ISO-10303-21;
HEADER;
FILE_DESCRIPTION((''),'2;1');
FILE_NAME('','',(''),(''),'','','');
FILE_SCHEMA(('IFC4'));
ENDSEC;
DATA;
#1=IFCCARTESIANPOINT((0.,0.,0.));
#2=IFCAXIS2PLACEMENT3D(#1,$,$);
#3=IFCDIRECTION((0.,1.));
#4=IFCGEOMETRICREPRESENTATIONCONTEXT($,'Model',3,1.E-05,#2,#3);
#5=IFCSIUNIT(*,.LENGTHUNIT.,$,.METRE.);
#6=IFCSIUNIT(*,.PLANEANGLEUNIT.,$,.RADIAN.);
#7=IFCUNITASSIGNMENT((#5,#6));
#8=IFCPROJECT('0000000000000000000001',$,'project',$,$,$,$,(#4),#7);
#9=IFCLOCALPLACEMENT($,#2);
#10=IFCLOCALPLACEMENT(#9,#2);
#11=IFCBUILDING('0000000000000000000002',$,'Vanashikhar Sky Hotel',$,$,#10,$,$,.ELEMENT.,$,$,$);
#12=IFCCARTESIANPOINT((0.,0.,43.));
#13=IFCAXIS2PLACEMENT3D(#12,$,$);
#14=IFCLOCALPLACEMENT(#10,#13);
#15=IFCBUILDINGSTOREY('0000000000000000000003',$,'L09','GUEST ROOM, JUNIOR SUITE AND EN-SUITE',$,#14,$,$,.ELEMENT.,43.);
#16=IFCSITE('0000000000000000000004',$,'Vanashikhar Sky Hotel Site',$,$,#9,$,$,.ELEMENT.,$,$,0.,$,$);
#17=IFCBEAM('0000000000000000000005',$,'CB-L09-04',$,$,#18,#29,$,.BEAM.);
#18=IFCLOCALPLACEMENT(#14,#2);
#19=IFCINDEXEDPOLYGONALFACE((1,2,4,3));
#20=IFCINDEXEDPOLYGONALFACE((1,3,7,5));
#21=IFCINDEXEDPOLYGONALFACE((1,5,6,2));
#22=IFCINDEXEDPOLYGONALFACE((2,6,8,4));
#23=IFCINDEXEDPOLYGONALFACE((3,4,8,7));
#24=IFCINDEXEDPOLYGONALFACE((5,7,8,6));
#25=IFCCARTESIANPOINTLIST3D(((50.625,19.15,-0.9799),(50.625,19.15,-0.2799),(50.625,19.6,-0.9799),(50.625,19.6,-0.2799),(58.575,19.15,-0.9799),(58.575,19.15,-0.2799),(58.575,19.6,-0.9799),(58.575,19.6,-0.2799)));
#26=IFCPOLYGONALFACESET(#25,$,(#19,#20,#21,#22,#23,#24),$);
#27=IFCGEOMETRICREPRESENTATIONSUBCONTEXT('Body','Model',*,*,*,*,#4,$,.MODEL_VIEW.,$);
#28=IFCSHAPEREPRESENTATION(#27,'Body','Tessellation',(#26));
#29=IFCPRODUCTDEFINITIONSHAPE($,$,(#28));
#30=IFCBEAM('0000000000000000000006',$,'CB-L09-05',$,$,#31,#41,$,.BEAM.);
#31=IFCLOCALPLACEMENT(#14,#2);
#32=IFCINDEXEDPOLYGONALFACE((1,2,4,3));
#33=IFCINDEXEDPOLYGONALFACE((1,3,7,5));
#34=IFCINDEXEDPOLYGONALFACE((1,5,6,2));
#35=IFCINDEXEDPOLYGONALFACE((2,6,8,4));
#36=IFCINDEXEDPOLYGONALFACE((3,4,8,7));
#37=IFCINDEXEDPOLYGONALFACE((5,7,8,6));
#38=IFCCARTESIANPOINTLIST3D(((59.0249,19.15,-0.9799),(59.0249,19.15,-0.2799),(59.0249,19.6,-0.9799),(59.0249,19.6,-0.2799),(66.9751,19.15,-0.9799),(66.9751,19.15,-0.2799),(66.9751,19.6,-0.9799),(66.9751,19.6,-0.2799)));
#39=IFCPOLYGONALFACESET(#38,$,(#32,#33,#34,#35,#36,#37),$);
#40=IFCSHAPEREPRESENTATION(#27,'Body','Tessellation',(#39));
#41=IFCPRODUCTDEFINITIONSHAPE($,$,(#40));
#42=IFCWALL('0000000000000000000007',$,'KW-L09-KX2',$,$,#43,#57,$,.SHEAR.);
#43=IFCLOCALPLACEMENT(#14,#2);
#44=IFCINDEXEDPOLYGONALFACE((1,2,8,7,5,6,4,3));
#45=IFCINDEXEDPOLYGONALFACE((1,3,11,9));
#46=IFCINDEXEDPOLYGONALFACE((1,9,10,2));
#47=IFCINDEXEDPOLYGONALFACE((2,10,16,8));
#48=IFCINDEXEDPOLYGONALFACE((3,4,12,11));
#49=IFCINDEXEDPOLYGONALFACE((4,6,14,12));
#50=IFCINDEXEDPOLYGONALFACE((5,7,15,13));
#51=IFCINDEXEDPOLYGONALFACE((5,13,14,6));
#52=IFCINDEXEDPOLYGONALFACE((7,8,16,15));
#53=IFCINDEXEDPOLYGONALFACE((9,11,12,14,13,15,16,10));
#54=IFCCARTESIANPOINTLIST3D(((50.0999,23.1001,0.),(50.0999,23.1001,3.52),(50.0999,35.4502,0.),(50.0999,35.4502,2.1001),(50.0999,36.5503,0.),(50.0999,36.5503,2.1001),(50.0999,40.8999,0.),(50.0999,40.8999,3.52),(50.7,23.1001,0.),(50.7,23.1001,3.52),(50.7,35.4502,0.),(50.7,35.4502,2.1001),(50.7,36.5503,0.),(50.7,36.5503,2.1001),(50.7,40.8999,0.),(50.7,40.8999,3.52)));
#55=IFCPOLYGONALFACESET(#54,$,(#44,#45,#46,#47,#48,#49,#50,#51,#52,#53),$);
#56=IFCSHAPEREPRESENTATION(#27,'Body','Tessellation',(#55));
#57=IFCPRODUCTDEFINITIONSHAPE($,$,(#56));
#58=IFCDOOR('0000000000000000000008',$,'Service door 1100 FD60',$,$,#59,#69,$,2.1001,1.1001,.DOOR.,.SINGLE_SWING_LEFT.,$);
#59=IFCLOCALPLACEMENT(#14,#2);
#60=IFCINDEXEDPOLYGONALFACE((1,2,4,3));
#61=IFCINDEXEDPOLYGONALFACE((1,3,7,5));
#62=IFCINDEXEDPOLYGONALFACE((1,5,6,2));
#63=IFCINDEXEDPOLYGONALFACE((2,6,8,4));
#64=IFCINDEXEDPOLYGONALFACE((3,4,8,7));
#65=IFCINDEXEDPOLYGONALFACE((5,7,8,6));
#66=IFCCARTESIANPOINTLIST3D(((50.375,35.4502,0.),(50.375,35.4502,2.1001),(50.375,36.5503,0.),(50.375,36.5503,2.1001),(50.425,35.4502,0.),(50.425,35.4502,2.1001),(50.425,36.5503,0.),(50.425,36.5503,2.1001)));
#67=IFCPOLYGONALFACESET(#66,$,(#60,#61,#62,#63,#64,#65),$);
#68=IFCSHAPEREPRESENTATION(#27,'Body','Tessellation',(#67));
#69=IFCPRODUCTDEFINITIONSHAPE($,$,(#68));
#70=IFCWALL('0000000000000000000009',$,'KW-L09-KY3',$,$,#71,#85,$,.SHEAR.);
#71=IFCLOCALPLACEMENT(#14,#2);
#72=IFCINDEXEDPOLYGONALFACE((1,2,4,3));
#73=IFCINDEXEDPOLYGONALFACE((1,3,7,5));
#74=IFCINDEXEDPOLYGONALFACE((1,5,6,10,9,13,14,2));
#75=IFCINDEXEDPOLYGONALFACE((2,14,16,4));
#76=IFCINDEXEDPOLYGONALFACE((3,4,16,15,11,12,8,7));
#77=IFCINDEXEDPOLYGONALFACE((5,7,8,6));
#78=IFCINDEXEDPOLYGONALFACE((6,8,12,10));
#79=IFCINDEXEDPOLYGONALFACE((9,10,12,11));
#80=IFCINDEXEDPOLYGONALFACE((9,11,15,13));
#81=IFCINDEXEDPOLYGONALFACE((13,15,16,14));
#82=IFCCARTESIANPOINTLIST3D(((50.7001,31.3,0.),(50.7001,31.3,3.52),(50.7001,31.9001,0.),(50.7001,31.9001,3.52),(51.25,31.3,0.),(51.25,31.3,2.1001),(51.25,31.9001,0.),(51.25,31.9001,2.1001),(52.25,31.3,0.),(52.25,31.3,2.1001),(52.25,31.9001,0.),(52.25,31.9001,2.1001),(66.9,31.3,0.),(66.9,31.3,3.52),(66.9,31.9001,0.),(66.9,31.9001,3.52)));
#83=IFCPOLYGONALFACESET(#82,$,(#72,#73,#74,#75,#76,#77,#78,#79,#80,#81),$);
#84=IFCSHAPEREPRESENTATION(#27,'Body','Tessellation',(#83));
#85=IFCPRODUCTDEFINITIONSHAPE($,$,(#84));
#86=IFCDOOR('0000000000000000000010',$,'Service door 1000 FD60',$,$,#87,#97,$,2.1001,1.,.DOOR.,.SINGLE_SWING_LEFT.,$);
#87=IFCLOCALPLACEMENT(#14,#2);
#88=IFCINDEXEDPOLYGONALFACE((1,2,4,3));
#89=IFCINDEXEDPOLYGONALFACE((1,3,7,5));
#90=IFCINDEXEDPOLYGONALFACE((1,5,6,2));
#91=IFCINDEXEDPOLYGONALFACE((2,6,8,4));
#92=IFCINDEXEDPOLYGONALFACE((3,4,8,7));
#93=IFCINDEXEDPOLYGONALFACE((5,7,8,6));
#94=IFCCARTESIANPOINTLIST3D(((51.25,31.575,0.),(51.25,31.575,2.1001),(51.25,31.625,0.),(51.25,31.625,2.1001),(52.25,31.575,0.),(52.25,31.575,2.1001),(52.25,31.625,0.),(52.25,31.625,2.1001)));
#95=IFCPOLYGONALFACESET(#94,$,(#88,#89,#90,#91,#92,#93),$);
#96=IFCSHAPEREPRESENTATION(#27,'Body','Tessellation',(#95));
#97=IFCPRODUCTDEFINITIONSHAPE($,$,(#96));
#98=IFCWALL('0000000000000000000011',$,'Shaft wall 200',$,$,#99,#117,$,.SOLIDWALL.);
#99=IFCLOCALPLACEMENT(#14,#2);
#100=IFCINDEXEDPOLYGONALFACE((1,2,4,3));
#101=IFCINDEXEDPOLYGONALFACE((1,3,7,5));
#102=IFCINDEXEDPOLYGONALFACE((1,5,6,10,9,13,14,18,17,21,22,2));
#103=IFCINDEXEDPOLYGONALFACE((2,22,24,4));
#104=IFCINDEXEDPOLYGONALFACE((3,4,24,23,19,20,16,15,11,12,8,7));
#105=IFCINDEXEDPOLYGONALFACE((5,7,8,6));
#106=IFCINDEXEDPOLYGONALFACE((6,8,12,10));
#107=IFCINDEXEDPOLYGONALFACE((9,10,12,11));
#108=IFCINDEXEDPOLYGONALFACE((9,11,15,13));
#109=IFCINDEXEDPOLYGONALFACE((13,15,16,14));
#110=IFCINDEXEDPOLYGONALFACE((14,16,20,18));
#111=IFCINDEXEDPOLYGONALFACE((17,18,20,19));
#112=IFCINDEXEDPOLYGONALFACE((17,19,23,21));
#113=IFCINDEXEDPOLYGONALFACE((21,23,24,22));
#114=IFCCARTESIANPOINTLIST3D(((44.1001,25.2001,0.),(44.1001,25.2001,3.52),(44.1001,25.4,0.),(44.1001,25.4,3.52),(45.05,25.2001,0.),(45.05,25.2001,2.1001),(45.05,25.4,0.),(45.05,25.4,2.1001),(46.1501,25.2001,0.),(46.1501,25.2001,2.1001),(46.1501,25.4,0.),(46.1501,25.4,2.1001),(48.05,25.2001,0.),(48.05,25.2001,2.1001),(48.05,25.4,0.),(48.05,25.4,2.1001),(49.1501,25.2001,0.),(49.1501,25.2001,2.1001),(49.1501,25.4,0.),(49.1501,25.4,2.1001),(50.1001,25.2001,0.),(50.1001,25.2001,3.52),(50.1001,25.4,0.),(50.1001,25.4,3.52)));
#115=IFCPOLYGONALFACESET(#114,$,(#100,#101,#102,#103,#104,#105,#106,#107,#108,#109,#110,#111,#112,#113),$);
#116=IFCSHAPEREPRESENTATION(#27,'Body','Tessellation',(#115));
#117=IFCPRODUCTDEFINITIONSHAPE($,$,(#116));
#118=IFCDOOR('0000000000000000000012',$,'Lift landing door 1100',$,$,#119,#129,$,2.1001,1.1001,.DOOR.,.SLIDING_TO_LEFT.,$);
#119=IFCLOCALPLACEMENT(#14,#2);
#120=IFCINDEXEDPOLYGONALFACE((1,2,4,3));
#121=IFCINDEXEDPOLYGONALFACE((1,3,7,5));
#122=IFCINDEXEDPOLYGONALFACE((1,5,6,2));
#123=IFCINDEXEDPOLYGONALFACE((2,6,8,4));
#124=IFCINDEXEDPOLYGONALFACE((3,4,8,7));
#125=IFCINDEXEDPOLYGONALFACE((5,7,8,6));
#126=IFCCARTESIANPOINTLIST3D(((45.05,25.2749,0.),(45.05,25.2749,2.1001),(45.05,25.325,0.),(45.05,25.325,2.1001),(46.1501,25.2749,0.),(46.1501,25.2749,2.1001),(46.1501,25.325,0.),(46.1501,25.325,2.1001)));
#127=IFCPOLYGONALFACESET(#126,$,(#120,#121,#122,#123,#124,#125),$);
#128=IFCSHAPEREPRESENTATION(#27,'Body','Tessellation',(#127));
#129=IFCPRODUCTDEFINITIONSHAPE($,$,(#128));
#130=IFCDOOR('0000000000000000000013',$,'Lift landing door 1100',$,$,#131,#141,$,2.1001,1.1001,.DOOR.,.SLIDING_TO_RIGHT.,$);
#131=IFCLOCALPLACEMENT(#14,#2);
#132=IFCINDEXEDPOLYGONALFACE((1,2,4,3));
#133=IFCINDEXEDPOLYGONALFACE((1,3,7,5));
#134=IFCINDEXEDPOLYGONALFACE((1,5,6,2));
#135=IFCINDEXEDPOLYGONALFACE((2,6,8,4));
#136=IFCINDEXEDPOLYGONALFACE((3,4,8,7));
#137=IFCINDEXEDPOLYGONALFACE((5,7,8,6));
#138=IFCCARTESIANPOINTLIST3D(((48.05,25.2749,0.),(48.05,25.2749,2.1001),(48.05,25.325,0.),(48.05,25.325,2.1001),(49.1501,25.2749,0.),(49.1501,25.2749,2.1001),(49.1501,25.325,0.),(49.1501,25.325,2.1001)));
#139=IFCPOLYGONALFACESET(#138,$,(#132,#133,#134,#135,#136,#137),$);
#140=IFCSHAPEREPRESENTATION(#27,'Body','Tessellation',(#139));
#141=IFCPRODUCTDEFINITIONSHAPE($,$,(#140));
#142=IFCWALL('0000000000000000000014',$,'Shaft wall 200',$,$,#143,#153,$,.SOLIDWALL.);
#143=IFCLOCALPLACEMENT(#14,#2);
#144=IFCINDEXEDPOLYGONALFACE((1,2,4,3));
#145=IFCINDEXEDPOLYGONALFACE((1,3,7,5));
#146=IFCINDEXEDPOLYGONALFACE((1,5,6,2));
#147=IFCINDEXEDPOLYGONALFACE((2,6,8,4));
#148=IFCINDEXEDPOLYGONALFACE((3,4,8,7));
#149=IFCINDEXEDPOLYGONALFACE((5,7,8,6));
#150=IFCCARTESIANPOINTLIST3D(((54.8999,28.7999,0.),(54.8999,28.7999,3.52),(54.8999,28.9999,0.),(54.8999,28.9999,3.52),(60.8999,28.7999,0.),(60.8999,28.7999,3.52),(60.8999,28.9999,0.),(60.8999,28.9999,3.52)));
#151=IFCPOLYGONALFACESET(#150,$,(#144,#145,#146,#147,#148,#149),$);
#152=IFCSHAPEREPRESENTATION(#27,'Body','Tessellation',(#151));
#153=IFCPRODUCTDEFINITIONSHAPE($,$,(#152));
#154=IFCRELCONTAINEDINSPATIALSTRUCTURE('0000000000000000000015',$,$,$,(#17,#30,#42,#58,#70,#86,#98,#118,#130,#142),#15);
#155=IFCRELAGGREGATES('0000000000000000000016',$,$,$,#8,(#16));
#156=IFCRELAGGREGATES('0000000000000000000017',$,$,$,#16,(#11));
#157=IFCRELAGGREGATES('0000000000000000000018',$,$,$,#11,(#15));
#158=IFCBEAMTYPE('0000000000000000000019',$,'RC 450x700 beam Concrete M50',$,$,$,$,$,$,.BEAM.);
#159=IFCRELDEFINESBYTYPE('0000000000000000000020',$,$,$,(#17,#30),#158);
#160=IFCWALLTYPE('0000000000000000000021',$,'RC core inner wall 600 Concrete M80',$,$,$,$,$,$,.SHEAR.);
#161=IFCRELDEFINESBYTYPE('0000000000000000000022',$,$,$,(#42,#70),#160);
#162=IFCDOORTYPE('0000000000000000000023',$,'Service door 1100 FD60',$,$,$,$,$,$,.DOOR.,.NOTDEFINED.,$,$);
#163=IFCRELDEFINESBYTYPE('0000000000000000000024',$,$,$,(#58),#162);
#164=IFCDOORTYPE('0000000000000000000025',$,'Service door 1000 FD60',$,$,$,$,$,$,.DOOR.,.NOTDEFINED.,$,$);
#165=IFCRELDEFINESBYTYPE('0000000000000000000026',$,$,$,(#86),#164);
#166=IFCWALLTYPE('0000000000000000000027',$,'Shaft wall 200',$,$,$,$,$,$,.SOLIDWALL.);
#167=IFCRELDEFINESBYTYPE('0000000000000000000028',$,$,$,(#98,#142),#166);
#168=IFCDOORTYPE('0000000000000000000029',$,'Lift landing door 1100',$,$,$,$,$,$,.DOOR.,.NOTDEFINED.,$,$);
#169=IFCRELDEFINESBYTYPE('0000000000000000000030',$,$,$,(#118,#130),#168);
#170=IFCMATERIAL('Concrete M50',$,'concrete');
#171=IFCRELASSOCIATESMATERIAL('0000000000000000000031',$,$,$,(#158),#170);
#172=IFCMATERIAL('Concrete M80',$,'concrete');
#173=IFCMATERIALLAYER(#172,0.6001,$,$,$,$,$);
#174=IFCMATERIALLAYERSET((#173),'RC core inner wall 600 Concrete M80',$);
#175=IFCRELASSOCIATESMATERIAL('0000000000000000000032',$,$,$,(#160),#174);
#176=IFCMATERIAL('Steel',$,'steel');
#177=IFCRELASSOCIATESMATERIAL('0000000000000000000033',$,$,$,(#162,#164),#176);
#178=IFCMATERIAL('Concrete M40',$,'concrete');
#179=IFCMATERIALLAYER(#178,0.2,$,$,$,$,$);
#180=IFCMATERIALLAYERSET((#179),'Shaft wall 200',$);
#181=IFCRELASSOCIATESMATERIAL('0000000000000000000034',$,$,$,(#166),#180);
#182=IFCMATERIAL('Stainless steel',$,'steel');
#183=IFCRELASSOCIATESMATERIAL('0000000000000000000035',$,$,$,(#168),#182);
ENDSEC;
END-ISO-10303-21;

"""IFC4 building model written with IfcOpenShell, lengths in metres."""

from ifc_helpers import new_model, si_unit, direction, frame, frame_2d, origin, origin_2d, place, context, subcontext, project, spatial, rectangle, extrude, source, transform, mapped, material, layer, layer_set, material_profile, profile_set, type_object, element, fill, save


model = new_model("IFC4")

# Units and contexts
model_context = context("Model", 3, precision=1e-05, world=origin(), true_north=direction((0.0, 1.0)))
body_context = subcontext(model_context, "Body", "Model", "MODEL_VIEW")
ifc_project = project(units=[si_unit("LENGTHUNIT", "METRE"), si_unit("PLANEANGLEUNIT", "RADIAN")], contexts=[model_context])

# Site, building, storey
site_placement = place(None, origin())
site = spatial("IfcSite", under=ifc_project, at=site_placement, Name="Vanashikhar Sky Hotel Site", CompositionType="ELEMENT", RefElevation=0.0)
building_placement = place(site_placement, origin())
building = spatial("IfcBuilding", under=site, at=building_placement, Name="Vanashikhar Sky Hotel", CompositionType="ELEMENT")
storey_placement = place(building_placement, frame((0.0, 0.0, 43.0)))
storey = spatial("IfcBuildingStorey", under=building, at=storey_placement, Name="L09", Description="GUEST ROOM, JUNIOR SUITE AND EN-SUITE", CompositionType="ELEMENT", Elevation=43.0)

# Beams
ifc_material_1 = material(Name="Concrete M50", Category="concrete")
ifc_material_profile = material_profile(ifc_material_1, rectangle(XDim=0.45, YDim=0.7, at=origin_2d()))
ifc_profile_set = profile_set([ifc_material_profile], Name="RC 450x700 beam Concrete M50")
beam_type = type_object("IfcBeamType", Name="RC 450x700 beam Concrete M50", PredefinedType="BEAM", material=ifc_profile_set)
shared_shape_1 = source(origin(), body_context, "Body", "SweptSolid", [
    extrude(rectangle(XDim=0.45, YDim=0.7, at=origin_2d()), origin(), (0.0, 0.0, 1.0), 7.95),
])
beam_1_placement = place(storey_placement, frame((50.625, 19.375, -0.6299), z_axis=(1.0, 0.0, 0.0), x_axis=(0.0, 1.0, 0.0)))
element("IfcBeam", 1, at=beam_1_placement, inside=storey, type_object=beam_type, Name="CB-L09-04", PredefinedType="BEAM", context=body_context, shape_type="MappedRepresentation", body=[
    mapped(shared_shape_1, transform((0.0, 0.0, 0.0), scale=1.0)),
])
shared_shape_2 = source(origin(), body_context, "Body", "SweptSolid", [
    extrude(rectangle(XDim=0.45, YDim=0.7, at=origin_2d()), origin(), (0.0, 0.0, 1.0), 7.9502),
])
beam_2_placement = place(storey_placement, frame((59.0249, 19.375, -0.6299), z_axis=(1.0, 0.0, 0.0), x_axis=(0.0, 1.0, 0.0)))
element("IfcBeam", 2, at=beam_2_placement, inside=storey, type_object=beam_type, Name="CB-L09-05", PredefinedType="BEAM", context=body_context, shape_type="MappedRepresentation", body=[
    mapped(shared_shape_2, transform((0.0, 0.0, 0.0), scale=1.0)),
])

# Walls, openings, doors
ifc_material_2 = material(Name="Concrete M80", Category="concrete")
ifc_layer_1 = layer(ifc_material_2, 0.6001)
ifc_layer_set_1 = layer_set([ifc_layer_1], Name="RC core inner wall 600 Concrete M80")
wall_type_1 = type_object("IfcWallType", Name="RC core inner wall 600 Concrete M80", PredefinedType="SHEAR", material=ifc_layer_set_1)
shared_shape_3 = source(origin(), body_context, "Body", "SweptSolid", [
    extrude(rectangle(XDim=17.7998, YDim=0.6001, at=frame_2d((8.8999, 0.0))), origin(), (0.0, 0.0, 1.0), 3.52),
])
wall_1_placement = place(storey_placement, frame((50.3999, 23.1001, 0.0), z_axis=(0.0, 0.0, 1.0), x_axis=(0.0, 1.0, 0.0)))
wall_1 = element("IfcWall", 3, at=wall_1_placement, inside=storey, type_object=wall_type_1, Name="KW-L09-KX2", PredefinedType="SHEAR", context=body_context, shape_type="MappedRepresentation", body=[
    mapped(shared_shape_3, transform((0.0, 0.0, 0.0), scale=1.0)),
])
shared_shape_4 = source(origin(), body_context, "Body", "SweptSolid", [
    extrude(rectangle(XDim=1.1001, YDim=2.1001, at=frame_2d((0.55, 1.05))), frame((0.0, 0.3101, 0.0), z_axis=(0.0, -1.0, 0.0), x_axis=(1.0, 0.0, 0.0)), (0.0, 0.0, 1.0), 0.6201),
])
opening_1_placement = place(wall_1_placement, frame((12.3501, 0.0, 0.0)))
opening_1 = element("IfcOpeningElement", 4, at=opening_1_placement, cuts=wall_1, PredefinedType="OPENING", context=body_context, shape_type="MappedRepresentation", body=[
    mapped(shared_shape_4, transform((0.0, 0.0, 0.0), scale=1.0)),
])
ifc_material_3 = material(Name="Steel", Category="steel")
door_type_1 = type_object("IfcDoorType", Name="Service door 1100 FD60", OperationType="NOTDEFINED", PredefinedType="DOOR", material=ifc_material_3)
shared_shape_5 = source(origin(), body_context, "Body", "SweptSolid", [
    extrude(rectangle(XDim=1.1001, YDim=2.1001, at=frame_2d((0.55, 1.05))), frame((0.0, 0.0249, 0.0), z_axis=(0.0, -1.0, 0.0), x_axis=(1.0, 0.0, 0.0)), (0.0, 0.0, 1.0), 0.05),
])
door_1_placement = place(opening_1_placement, origin())
door_1 = element("IfcDoor", 5, at=door_1_placement, inside=storey, type_object=door_type_1, Name="Service door 1100 FD60", OperationType="SINGLE_SWING_LEFT", OverallHeight=2.1001, OverallWidth=1.1001, PredefinedType="DOOR", context=body_context, shape_type="MappedRepresentation", body=[
    mapped(shared_shape_5, transform((0.0, 0.0, 0.0), scale=1.0)),
])
fill(opening_1, door_1)
shared_shape_6 = source(origin(), body_context, "Body", "SweptSolid", [
    extrude(rectangle(XDim=16.2, YDim=0.6001, at=frame_2d((8.1001, 0.0))), origin(), (0.0, 0.0, 1.0), 3.52),
])
wall_2_placement = place(storey_placement, frame((50.7, 31.6001, 0.0), z_axis=(0.0, 0.0, 1.0), x_axis=(1.0, 0.0, 0.0)))
wall_2 = element("IfcWall", 6, at=wall_2_placement, inside=storey, type_object=wall_type_1, Name="KW-L09-KY3", PredefinedType="SHEAR", context=body_context, shape_type="MappedRepresentation", body=[
    mapped(shared_shape_6, transform((0.0, 0.0, 0.0), scale=1.0)),
])
shared_shape_7 = source(origin(), body_context, "Body", "SweptSolid", [
    extrude(rectangle(XDim=1.0, YDim=2.1001, at=frame_2d((0.5, 1.05))), frame((0.0, 0.3101, 0.0), z_axis=(0.0, -1.0, 0.0), x_axis=(1.0, 0.0, 0.0)), (0.0, 0.0, 1.0), 0.6201),
])
opening_2_placement = place(wall_2_placement, frame((0.55, 0.0, 0.0)))
opening_2 = element("IfcOpeningElement", 7, at=opening_2_placement, cuts=wall_2, PredefinedType="OPENING", context=body_context, shape_type="MappedRepresentation", body=[
    mapped(shared_shape_7, transform((0.0, 0.0, 0.0), scale=1.0)),
])
door_type_2 = type_object("IfcDoorType", Name="Service door 1000 FD60", OperationType="NOTDEFINED", PredefinedType="DOOR", material=ifc_material_3)
shared_shape_8 = source(origin(), body_context, "Body", "SweptSolid", [
    extrude(rectangle(XDim=1.0, YDim=2.1001, at=frame_2d((0.5, 1.05))), frame((0.0, 0.0249, 0.0), z_axis=(0.0, -1.0, 0.0), x_axis=(1.0, 0.0, 0.0)), (0.0, 0.0, 1.0), 0.05),
])
door_2_placement = place(opening_2_placement, origin())
door_2 = element("IfcDoor", 8, at=door_2_placement, inside=storey, type_object=door_type_2, Name="Service door 1000 FD60", OperationType="SINGLE_SWING_LEFT", OverallHeight=2.1001, OverallWidth=1.0, PredefinedType="DOOR", context=body_context, shape_type="MappedRepresentation", body=[
    mapped(shared_shape_8, transform((0.0, 0.0, 0.0), scale=1.0)),
])
fill(opening_2, door_2)

# Wall, openings, doors
ifc_material_4 = material(Name="Concrete M40", Category="concrete")
ifc_layer_2 = layer(ifc_material_4, 0.2)
ifc_layer_set_2 = layer_set([ifc_layer_2], Name="Shaft wall 200")
wall_type_2 = type_object("IfcWallType", Name="Shaft wall 200", PredefinedType="SOLIDWALL", material=ifc_layer_set_2)
shared_shape_9 = source(origin(), body_context, "Body", "SweptSolid", [
    extrude(rectangle(XDim=6.0, YDim=0.2, at=frame_2d((3.0, 0.0))), origin(), (0.0, 0.0, 1.0), 3.52),
])
wall_3_placement = place(storey_placement, frame((44.1001, 25.3, 0.0), z_axis=(0.0, 0.0, 1.0), x_axis=(1.0, 0.0, 0.0)))
wall_3 = element("IfcWall", 9, at=wall_3_placement, inside=storey, type_object=wall_type_2, Name="Shaft wall 200", PredefinedType="SOLIDWALL", context=body_context, shape_type="MappedRepresentation", body=[
    mapped(shared_shape_9, transform((0.0, 0.0, 0.0), scale=1.0)),
])
shared_shape_10 = source(origin(), body_context, "Body", "SweptSolid", [
    extrude(rectangle(XDim=1.1001, YDim=2.1001, at=frame_2d((0.55, 1.05))), frame((0.0, 0.1099, 0.0), z_axis=(0.0, -1.0, 0.0), x_axis=(1.0, 0.0, 0.0)), (0.0, 0.0, 1.0), 0.22),
])
opening_3_placement = place(wall_3_placement, frame((0.95, 0.0, 0.0)))
opening_3 = element("IfcOpeningElement", 10, at=opening_3_placement, cuts=wall_3, PredefinedType="OPENING", context=body_context, shape_type="MappedRepresentation", body=[
    mapped(shared_shape_10, transform((0.0, 0.0, 0.0), scale=1.0)),
])
opening_4_placement = place(wall_3_placement, frame((3.95, 0.0, 0.0)))
opening_4 = element("IfcOpeningElement", 11, at=opening_4_placement, cuts=wall_3, PredefinedType="OPENING", context=body_context, shape_type="MappedRepresentation", body=[
    mapped(shared_shape_10, transform((0.0, 0.0, 0.0), scale=1.0)),
])
ifc_material_5 = material(Name="Stainless steel", Category="steel")
door_type_3 = type_object("IfcDoorType", Name="Lift landing door 1100", OperationType="NOTDEFINED", PredefinedType="DOOR", material=ifc_material_5)
door_3_placement = place(opening_3_placement, origin())
door_3 = element("IfcDoor", 12, at=door_3_placement, inside=storey, type_object=door_type_3, Name="Lift landing door 1100", OperationType="SLIDING_TO_LEFT", OverallHeight=2.1001, OverallWidth=1.1001, PredefinedType="DOOR", context=body_context, shape_type="MappedRepresentation", body=[
    mapped(shared_shape_5, transform((0.0, 0.0, 0.0), scale=1.0)),
])
fill(opening_3, door_3)
door_4_placement = place(opening_4_placement, origin())
door_4 = element("IfcDoor", 13, at=door_4_placement, inside=storey, type_object=door_type_3, Name="Lift landing door 1100", OperationType="SLIDING_TO_RIGHT", OverallHeight=2.1001, OverallWidth=1.1001, PredefinedType="DOOR", context=body_context, shape_type="MappedRepresentation", body=[
    mapped(shared_shape_5, transform((0.0, 0.0, 0.0), scale=1.0)),
])
fill(opening_4, door_4)

# Wall
wall_4_placement = place(storey_placement, frame((60.8999, 28.8999, 0.0), z_axis=(0.0, 0.0, 1.0), x_axis=(-1.0, 0.0, 0.0)))
element("IfcWall", 14, at=wall_4_placement, inside=storey, type_object=wall_type_2, Name="Shaft wall 200", PredefinedType="SOLIDWALL", context=body_context, shape_type="MappedRepresentation", body=[
    mapped(shared_shape_9, transform((0.0, 0.0, 0.0), scale=1.0)),
])

save(model, "model.ifc")
